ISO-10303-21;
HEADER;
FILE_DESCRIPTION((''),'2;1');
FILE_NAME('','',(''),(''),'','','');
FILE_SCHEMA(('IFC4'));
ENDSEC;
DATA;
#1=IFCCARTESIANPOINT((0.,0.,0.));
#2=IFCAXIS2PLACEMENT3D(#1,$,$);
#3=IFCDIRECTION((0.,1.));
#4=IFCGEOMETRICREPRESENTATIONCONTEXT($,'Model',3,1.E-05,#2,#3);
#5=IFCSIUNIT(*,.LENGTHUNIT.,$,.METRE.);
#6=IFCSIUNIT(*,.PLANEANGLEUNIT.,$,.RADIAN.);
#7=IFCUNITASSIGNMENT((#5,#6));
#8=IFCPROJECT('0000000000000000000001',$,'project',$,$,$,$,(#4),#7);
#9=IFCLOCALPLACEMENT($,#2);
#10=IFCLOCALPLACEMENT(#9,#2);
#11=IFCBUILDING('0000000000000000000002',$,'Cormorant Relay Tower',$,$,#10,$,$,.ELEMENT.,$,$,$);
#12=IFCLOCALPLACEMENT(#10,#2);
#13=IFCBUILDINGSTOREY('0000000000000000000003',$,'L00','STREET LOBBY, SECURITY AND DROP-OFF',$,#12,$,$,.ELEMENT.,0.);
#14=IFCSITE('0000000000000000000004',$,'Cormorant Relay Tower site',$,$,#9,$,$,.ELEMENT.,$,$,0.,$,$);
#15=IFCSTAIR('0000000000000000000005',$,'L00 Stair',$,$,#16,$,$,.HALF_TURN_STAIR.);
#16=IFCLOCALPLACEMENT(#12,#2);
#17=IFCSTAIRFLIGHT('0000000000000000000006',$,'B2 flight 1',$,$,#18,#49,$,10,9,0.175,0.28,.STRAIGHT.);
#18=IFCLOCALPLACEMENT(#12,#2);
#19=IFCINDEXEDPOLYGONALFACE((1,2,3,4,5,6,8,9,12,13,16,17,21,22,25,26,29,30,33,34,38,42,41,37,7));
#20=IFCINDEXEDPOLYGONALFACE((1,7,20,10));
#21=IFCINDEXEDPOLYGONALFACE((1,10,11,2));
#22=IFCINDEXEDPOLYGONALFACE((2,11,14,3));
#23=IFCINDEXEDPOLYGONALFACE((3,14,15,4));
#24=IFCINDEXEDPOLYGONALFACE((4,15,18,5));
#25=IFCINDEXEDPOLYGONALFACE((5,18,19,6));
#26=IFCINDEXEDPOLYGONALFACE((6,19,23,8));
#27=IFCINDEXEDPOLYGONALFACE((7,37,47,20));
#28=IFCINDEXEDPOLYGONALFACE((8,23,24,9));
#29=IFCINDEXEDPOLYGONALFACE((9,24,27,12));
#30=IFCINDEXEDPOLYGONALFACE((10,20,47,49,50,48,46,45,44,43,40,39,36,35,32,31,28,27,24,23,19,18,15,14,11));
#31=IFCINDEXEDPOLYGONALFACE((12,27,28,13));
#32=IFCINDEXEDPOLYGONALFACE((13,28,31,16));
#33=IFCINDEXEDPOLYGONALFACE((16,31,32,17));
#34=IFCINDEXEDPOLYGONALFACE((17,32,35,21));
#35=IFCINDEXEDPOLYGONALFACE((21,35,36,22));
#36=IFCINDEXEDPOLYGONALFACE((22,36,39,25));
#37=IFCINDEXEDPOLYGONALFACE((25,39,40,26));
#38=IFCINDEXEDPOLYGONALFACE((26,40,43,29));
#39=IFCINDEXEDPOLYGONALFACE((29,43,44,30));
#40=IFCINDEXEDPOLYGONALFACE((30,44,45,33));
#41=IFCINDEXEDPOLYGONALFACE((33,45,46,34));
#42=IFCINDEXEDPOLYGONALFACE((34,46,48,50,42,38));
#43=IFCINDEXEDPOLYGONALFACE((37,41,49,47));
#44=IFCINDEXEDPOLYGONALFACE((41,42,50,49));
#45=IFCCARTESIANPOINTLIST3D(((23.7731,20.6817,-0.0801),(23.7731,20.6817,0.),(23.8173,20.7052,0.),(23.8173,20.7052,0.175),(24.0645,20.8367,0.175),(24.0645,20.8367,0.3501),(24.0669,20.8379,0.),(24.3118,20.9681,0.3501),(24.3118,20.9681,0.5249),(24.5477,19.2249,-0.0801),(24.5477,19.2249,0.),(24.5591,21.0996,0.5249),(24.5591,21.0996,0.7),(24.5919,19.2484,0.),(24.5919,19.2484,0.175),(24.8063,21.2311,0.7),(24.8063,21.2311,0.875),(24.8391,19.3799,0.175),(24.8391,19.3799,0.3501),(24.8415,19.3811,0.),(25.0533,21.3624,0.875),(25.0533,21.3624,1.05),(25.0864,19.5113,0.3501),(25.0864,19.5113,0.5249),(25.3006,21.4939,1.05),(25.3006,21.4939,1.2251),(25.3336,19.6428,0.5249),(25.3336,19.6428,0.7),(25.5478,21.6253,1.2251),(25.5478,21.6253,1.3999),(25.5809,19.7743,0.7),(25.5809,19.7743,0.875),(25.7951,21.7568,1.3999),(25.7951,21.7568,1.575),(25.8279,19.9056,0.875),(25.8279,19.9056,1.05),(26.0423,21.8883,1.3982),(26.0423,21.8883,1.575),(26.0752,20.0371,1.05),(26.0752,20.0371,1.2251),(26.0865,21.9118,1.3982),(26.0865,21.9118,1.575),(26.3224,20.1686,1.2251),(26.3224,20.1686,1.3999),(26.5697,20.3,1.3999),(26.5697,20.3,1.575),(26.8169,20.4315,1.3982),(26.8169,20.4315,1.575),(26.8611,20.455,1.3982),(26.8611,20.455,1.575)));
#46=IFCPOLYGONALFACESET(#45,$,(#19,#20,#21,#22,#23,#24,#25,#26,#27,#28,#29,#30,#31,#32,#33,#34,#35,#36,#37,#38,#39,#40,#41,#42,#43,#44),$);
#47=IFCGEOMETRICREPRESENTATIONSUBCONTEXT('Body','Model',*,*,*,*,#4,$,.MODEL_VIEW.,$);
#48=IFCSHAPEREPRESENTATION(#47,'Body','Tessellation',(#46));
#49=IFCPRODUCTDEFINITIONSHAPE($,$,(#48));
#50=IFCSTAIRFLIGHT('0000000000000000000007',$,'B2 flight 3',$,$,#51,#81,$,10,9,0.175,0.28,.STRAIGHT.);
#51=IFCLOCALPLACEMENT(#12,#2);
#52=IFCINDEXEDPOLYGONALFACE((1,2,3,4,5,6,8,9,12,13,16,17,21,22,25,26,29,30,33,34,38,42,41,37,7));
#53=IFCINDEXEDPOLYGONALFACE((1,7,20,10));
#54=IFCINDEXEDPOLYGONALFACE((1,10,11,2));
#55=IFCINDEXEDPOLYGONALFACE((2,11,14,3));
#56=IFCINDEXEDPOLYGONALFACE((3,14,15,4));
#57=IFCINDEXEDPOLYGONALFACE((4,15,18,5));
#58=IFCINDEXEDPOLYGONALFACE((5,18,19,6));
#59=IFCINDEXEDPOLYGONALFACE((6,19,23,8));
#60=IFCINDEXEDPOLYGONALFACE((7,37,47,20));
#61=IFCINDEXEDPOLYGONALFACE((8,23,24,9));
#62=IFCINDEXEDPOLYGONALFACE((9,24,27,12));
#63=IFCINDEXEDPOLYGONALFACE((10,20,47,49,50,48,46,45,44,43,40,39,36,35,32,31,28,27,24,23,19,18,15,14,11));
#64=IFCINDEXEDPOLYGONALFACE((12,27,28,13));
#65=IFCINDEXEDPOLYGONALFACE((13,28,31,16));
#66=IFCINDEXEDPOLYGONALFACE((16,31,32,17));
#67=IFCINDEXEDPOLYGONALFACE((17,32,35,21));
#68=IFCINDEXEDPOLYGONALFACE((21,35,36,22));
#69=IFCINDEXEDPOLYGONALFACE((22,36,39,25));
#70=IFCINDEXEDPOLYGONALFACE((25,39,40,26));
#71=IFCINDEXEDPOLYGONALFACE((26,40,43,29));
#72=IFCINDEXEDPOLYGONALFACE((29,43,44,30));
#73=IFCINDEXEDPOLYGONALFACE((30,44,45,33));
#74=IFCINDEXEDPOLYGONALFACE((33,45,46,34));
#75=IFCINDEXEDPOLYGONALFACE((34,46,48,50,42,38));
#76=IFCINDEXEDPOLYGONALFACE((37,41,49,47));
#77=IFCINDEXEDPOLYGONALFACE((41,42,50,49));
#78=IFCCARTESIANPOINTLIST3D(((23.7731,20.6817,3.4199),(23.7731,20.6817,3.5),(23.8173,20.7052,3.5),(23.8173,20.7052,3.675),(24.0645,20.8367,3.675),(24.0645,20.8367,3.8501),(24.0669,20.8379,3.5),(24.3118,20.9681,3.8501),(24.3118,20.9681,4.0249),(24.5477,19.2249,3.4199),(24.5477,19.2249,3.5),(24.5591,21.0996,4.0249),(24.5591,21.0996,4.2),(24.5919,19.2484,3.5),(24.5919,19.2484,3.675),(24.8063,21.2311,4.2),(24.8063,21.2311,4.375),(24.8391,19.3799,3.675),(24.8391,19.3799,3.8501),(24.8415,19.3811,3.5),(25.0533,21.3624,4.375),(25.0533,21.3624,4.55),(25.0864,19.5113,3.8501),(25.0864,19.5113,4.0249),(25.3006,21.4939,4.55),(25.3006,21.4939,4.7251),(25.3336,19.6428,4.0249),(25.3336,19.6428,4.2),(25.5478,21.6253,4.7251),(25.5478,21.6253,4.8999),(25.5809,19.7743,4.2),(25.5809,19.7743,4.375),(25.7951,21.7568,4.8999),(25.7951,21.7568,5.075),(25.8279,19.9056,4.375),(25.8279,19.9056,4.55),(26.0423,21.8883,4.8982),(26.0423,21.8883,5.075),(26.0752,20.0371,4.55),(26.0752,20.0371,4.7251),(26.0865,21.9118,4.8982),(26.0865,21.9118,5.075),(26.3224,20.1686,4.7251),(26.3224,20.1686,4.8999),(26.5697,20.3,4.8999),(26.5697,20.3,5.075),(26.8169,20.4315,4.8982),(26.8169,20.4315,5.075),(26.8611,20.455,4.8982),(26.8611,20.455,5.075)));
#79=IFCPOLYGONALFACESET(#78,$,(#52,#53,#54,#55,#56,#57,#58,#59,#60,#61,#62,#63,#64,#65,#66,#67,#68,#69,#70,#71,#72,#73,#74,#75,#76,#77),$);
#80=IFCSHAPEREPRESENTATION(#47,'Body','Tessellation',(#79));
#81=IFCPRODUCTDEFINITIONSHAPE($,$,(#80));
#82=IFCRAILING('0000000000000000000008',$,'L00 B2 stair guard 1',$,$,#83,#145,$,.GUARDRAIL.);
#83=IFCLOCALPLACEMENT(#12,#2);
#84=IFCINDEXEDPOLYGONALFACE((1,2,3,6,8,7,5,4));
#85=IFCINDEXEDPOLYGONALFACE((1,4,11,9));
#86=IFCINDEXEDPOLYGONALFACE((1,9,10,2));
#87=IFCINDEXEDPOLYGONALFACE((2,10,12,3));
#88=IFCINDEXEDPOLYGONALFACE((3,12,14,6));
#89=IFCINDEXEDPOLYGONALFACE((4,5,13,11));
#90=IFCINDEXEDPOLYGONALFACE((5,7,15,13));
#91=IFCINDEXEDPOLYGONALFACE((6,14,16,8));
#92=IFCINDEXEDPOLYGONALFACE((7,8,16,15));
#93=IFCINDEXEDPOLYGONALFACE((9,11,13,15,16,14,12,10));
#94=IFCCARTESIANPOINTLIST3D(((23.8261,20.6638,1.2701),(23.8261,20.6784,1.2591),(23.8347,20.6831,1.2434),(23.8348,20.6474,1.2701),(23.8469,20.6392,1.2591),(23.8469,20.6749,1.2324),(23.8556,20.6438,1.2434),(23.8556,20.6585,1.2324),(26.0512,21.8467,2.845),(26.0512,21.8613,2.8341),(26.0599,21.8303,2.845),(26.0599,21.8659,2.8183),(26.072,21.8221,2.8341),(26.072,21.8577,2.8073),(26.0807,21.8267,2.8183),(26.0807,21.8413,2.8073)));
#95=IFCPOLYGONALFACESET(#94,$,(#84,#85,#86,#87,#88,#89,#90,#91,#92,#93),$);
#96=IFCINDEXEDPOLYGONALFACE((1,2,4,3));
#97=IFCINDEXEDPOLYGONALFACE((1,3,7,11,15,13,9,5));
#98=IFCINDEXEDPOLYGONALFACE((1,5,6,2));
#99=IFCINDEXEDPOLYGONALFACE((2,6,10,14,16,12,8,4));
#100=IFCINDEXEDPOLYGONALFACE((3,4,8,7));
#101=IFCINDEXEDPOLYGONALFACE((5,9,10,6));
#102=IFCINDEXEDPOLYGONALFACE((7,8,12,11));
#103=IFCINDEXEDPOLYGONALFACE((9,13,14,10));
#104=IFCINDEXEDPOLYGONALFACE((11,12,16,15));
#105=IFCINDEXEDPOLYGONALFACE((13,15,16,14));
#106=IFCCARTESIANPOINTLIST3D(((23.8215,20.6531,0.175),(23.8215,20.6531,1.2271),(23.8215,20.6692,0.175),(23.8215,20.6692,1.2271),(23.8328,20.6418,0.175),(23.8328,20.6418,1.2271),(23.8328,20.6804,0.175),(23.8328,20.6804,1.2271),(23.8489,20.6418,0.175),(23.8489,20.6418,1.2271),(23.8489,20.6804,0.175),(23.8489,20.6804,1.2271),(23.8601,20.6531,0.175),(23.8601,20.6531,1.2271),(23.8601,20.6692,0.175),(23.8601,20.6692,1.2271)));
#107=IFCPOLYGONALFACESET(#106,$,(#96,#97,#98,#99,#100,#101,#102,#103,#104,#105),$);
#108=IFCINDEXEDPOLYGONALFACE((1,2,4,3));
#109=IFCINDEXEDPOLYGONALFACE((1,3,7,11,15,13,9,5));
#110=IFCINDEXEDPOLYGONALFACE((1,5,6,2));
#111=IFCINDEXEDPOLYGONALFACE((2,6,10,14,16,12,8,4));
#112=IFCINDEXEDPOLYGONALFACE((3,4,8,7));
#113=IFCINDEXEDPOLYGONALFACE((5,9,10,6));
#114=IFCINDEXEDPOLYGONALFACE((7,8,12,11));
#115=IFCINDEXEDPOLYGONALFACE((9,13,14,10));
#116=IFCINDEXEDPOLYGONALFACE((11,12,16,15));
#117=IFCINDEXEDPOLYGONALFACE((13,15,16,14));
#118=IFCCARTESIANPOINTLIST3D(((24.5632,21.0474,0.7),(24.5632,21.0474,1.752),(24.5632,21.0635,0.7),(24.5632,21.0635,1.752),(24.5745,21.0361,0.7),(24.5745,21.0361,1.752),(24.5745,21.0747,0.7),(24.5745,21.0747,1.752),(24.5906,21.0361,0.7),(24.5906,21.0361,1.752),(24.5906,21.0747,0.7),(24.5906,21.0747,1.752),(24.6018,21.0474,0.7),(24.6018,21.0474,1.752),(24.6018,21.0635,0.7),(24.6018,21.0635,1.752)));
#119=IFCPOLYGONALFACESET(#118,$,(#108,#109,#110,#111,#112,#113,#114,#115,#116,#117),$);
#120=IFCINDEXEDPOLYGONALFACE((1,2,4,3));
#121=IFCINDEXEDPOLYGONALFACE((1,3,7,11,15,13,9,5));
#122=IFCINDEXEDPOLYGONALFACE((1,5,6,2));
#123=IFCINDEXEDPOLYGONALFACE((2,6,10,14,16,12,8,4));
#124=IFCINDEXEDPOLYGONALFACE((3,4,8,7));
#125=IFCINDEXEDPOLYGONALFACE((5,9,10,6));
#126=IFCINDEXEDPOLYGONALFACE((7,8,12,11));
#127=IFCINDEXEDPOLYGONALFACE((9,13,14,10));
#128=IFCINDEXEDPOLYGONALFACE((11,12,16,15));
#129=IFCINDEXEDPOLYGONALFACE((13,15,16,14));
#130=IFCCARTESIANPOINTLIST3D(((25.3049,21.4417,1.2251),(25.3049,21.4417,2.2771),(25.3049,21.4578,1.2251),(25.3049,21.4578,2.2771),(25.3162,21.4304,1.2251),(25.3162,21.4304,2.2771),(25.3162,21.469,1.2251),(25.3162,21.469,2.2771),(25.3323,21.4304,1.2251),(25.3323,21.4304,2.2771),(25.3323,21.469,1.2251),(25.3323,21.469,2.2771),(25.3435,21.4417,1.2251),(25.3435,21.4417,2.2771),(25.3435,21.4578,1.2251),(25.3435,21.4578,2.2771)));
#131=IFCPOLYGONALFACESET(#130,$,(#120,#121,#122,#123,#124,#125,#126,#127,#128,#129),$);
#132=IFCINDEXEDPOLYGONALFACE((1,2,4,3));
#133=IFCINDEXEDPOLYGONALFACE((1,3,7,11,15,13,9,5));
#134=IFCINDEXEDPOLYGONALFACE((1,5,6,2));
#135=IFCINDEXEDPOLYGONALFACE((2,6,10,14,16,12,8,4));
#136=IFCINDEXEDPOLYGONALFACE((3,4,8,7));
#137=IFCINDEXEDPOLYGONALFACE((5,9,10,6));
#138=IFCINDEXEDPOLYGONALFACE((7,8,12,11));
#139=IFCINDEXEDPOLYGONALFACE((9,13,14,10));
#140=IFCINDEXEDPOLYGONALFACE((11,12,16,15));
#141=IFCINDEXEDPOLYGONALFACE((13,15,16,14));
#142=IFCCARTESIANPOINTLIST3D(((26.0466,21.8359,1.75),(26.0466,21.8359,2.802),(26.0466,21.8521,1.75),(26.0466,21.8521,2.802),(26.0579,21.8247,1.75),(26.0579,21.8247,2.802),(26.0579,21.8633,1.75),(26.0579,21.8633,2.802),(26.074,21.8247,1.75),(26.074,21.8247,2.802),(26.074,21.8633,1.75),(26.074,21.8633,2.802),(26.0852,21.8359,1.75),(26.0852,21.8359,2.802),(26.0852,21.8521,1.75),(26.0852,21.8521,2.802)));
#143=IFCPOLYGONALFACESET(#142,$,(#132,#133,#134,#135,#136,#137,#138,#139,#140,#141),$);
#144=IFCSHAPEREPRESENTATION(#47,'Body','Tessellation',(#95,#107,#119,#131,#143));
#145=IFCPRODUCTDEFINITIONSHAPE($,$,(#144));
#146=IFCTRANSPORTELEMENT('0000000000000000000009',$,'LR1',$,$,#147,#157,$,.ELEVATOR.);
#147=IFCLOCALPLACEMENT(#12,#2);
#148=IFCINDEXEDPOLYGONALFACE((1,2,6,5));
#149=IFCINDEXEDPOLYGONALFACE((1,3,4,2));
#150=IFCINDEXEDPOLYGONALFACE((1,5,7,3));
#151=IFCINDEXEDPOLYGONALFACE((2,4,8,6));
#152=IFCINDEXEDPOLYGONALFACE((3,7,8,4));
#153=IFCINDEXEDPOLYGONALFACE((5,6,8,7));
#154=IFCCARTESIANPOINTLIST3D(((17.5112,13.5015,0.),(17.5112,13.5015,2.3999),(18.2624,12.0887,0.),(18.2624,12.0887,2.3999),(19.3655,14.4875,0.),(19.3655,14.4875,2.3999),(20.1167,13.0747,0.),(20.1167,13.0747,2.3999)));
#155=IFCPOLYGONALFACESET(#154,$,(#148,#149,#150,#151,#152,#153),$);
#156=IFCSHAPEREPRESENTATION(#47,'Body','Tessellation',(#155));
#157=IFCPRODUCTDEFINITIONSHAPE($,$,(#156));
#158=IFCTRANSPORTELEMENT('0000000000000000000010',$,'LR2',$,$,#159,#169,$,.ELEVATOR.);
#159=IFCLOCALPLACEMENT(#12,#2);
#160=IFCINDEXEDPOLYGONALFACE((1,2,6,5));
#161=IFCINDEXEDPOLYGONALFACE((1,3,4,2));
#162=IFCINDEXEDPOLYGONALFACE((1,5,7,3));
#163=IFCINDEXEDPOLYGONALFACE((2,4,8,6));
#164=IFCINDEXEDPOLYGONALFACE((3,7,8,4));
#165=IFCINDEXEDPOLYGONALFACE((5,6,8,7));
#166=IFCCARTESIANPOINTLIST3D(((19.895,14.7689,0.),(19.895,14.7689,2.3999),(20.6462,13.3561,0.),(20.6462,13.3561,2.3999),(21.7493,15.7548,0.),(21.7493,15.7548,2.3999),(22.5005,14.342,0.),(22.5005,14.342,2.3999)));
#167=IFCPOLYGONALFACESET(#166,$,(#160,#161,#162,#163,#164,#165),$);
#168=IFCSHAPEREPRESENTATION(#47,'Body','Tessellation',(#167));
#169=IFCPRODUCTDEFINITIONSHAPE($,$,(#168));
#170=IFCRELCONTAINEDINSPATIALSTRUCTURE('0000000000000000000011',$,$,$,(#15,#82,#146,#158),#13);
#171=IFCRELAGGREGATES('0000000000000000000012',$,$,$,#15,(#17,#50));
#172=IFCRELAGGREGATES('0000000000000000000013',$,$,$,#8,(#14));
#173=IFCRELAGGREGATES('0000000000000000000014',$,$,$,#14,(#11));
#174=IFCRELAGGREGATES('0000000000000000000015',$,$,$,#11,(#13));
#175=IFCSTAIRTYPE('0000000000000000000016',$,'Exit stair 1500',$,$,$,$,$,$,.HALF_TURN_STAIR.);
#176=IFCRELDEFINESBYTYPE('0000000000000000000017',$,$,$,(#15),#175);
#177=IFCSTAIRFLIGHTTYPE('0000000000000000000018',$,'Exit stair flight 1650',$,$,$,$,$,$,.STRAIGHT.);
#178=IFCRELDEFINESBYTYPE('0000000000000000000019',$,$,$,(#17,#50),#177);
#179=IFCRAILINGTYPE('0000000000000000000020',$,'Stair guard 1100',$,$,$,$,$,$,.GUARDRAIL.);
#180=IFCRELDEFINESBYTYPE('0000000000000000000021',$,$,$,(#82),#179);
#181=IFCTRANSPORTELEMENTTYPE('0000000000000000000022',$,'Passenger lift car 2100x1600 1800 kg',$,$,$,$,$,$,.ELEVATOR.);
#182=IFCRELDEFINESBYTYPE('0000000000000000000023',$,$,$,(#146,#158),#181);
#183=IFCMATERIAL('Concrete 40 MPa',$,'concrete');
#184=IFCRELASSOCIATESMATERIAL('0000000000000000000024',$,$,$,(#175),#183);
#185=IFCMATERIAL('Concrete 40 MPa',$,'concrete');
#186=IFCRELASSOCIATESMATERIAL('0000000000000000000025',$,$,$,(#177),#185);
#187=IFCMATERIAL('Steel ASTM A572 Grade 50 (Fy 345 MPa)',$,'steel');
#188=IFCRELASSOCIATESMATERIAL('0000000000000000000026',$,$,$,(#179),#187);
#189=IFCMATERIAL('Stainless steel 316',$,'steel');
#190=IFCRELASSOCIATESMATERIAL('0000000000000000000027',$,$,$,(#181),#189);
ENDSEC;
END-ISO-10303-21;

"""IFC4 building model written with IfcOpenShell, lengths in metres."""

from ifc_helpers import new_model, si_unit, direction, frame, origin, origin_2d, place, context, subcontext, project, spatial, polyline, rectangle, outline, extrude, material, type_object, element, aggregate, save


model = new_model("IFC4")

# Units and contexts
model_context = context("Model", 3, precision=1e-05, world=origin(), true_north=direction((0.0, 1.0)))
body_context = subcontext(model_context, "Body", "Model", "MODEL_VIEW")
ifc_project = project(units=[si_unit("LENGTHUNIT", "METRE"), si_unit("PLANEANGLEUNIT", "RADIAN")], contexts=[model_context])

# Site, building, storey
site_placement = place(None, origin())
site = spatial("IfcSite", under=ifc_project, at=site_placement, Name="Cormorant Relay Tower site", CompositionType="ELEMENT", RefElevation=0.0)
building_placement = place(site_placement, origin())
building = spatial("IfcBuilding", under=site, at=building_placement, Name="Cormorant Relay Tower", CompositionType="ELEMENT")
storey_placement = place(building_placement, origin())
storey = spatial("IfcBuildingStorey", under=building, at=storey_placement, Name="L00", Description="STREET LOBBY, SECURITY AND DROP-OFF", CompositionType="ELEMENT", Elevation=0.0)

# Stair, stair flights
ifc_material_1 = material(Name="Concrete 40 MPa", Category="concrete")
stair_type = type_object("IfcStairType", Name="Exit stair 1500", PredefinedType="HALF_TURN_STAIR", material=ifc_material_1)
stair_placement = place(storey_placement, origin())
stair = element("IfcStair", 1, at=stair_placement, inside=storey, type_object=stair_type, Name="L00 Stair", PredefinedType="HALF_TURN_STAIR")
ifc_material_2 = material(Name="Concrete 40 MPa", Category="concrete")
stair_flight_type = type_object("IfcStairFlightType", Name="Exit stair flight 1650", PredefinedType="STRAIGHT", material=ifc_material_2)
stair_flight_1_placement = place(storey_placement, frame((24.2046, 19.9768, 0.0), z_axis=(0.0, 0.0, 1.0), x_axis=(0.882948, 0.469472, 0.0)))
stair_flight_1 = element("IfcStairFlight", 2, at=stair_flight_1_placement, type_object=stair_flight_type, Name="B2 flight 1", NumberOfRisers=10, NumberOfTreads=9, PredefinedType="STRAIGHT", RiserHeight=0.175, TreadLength=0.28, context=body_context, shape_type="SweptSolid", body=[
    extrude(outline(polyline([(-0.05, -0.0801), (-0.05, 0.0), (0.0, 0.0), (0.0, 0.175), (0.28, 0.175), (0.28, 0.3501), (0.5601, 0.3501), (0.5601, 0.5249), (0.8401, 0.5249), (0.8401, 0.7), (1.1201, 0.7), (1.1201, 0.875), (1.3999, 0.875), (1.3999, 1.05), (1.6799, 1.05), (1.6799, 1.2251), (1.96, 1.2251), (1.96, 1.3999), (2.24, 1.3999), (2.24, 1.575), (2.52, 1.575), (2.5701, 1.575), (2.5701, 1.3982), (2.52, 1.3982), (0.2827, 0.0), (-0.05, -0.0801)])), frame((0.0, 0.825, 0.0), z_axis=(0.0, -1.0, 0.0), x_axis=(1.0, 0.0, 0.0)), (0.0, 0.0, 1.0), 1.6499),
])
stair_flight_2_placement = place(storey_placement, frame((24.2046, 19.9768, 3.5), z_axis=(0.0, 0.0, 1.0), x_axis=(0.882948, 0.469472, 0.0)))
stair_flight_2 = element("IfcStairFlight", 3, at=stair_flight_2_placement, type_object=stair_flight_type, Name="B2 flight 3", NumberOfRisers=10, NumberOfTreads=9, PredefinedType="STRAIGHT", RiserHeight=0.175, TreadLength=0.28, context=body_context, shape_type="SweptSolid", body=[
    extrude(outline(polyline([(-0.05, -0.0801), (-0.05, 0.0), (0.0, 0.0), (0.0, 0.175), (0.28, 0.175), (0.28, 0.3501), (0.5601, 0.3501), (0.5601, 0.5249), (0.8401, 0.5249), (0.8401, 0.7), (1.1201, 0.7), (1.1201, 0.875), (1.3999, 0.875), (1.3999, 1.05), (1.6799, 1.05), (1.6799, 1.2251), (1.96, 1.2251), (1.96, 1.3999), (2.24, 1.3999), (2.24, 1.575), (2.52, 1.575), (2.5701, 1.575), (2.5701, 1.3982), (2.52, 1.3982), (0.2827, 0.0), (-0.05, -0.0801)])), frame((0.0, 0.825, 0.0), z_axis=(0.0, -1.0, 0.0), x_axis=(1.0, 0.0, 0.0)), (0.0, 0.0, 1.0), 1.6499),
])
aggregate(stair, [stair_flight_1, stair_flight_2])

# Railing
ifc_material_3 = material(Name="Steel ASTM A572 Grade 50 (Fy 345 MPa)", Category="steel")
railing_type = type_object("IfcRailingType", Name="Stair guard 1100", PredefinedType="GUARDRAIL", material=ifc_material_3)
railing_placement = place(storey_placement, frame((23.8408, 20.6611, 0.175)))
element("IfcRailing", 4, at=railing_placement, inside=storey, type_object=railing_type, Name="L00 B2 stair guard 1", PredefinedType="GUARDRAIL", context=body_context, shape_type="SweptSolid", body=[
    extrude(outline(polyline([(0.0222, 0.0093), (0.0093, 0.0222), (-0.0093, 0.0222), (-0.0222, 0.0093), (-0.0222, -0.0093), (-0.0093, -0.0222), (0.0093, -0.0222), (0.0222, -0.0093), (0.0222, 0.0093)])), frame((0.0, 0.0, 1.0762), z_axis=(0.748776, 0.398049, 0.529993), x_axis=(-0.469396, 0.882988, 0.0)), (0.0, 0.0, 1.0), 2.9717),
    extrude(outline(polyline([(0.0193, 0.0081), (0.0081, 0.0193), (-0.0081, 0.0193), (-0.0193, 0.0081), (-0.0193, -0.0081), (-0.0081, -0.0193), (0.0081, -0.0193), (0.0193, -0.0081), (0.0193, 0.0081)])), origin(), (0.0, 0.0, 1.0), 1.052),
    extrude(outline(polyline([(0.0193, 0.0081), (0.0081, 0.0193), (-0.0081, 0.0193), (-0.0193, 0.0081), (-0.0193, -0.0081), (-0.0081, -0.0193), (0.0081, -0.0193), (0.0193, -0.0081), (0.0193, 0.0081)])), frame((0.7417, 0.3943, 0.5249)), (0.0, 0.0, 1.0), 1.052),
    extrude(outline(polyline([(0.0193, 0.0081), (0.0081, 0.0193), (-0.0081, 0.0193), (-0.0193, 0.0081), (-0.0193, -0.0081), (-0.0081, -0.0193), (0.0081, -0.0193), (0.0193, -0.0081), (0.0193, 0.0081)])), frame((1.4834, 0.7886, 1.05)), (0.0, 0.0, 1.0), 1.052),
    extrude(outline(polyline([(0.0193, 0.0081), (0.0081, 0.0193), (-0.0081, 0.0193), (-0.0193, 0.0081), (-0.0193, -0.0081), (-0.0081, -0.0193), (0.0081, -0.0193), (0.0193, -0.0081), (0.0193, 0.0081)])), frame((2.2251, 1.1829, 1.575)), (0.0, 0.0, 1.0), 1.052),
])

# Transport elements
ifc_material_4 = material(Name="Stainless steel 316", Category="steel")
transport_element_type = type_object("IfcTransportElementType", Name="Passenger lift car 2100x1600 1800 kg", PredefinedType="ELEVATOR", material=ifc_material_4)
for number, where, z_axis, x_axis, name in (
    (5, (18.814, 13.2881, 0.0), (0.0, 0.0, 1.0), (0.882948, 0.469472, 0.0), "LR1"),
    (6, (21.1978, 14.5554, 0.0), (0.0, 0.0, 1.0), (0.882948, 0.469472, 0.0), "LR2"),
):
    element("IfcTransportElement", number, at=place(storey_placement, frame(where, z_axis=z_axis, x_axis=x_axis)), inside=storey, type_object=transport_element_type, Name=name, PredefinedType="ELEVATOR", context=body_context, shape_type="SweptSolid", body=[
        extrude(rectangle(XDim=2.1001, YDim=1.6001, at=origin_2d()), origin(), (0.0, 0.0, 1.0), 2.3999),
    ])

save(model, "model.ifc")
